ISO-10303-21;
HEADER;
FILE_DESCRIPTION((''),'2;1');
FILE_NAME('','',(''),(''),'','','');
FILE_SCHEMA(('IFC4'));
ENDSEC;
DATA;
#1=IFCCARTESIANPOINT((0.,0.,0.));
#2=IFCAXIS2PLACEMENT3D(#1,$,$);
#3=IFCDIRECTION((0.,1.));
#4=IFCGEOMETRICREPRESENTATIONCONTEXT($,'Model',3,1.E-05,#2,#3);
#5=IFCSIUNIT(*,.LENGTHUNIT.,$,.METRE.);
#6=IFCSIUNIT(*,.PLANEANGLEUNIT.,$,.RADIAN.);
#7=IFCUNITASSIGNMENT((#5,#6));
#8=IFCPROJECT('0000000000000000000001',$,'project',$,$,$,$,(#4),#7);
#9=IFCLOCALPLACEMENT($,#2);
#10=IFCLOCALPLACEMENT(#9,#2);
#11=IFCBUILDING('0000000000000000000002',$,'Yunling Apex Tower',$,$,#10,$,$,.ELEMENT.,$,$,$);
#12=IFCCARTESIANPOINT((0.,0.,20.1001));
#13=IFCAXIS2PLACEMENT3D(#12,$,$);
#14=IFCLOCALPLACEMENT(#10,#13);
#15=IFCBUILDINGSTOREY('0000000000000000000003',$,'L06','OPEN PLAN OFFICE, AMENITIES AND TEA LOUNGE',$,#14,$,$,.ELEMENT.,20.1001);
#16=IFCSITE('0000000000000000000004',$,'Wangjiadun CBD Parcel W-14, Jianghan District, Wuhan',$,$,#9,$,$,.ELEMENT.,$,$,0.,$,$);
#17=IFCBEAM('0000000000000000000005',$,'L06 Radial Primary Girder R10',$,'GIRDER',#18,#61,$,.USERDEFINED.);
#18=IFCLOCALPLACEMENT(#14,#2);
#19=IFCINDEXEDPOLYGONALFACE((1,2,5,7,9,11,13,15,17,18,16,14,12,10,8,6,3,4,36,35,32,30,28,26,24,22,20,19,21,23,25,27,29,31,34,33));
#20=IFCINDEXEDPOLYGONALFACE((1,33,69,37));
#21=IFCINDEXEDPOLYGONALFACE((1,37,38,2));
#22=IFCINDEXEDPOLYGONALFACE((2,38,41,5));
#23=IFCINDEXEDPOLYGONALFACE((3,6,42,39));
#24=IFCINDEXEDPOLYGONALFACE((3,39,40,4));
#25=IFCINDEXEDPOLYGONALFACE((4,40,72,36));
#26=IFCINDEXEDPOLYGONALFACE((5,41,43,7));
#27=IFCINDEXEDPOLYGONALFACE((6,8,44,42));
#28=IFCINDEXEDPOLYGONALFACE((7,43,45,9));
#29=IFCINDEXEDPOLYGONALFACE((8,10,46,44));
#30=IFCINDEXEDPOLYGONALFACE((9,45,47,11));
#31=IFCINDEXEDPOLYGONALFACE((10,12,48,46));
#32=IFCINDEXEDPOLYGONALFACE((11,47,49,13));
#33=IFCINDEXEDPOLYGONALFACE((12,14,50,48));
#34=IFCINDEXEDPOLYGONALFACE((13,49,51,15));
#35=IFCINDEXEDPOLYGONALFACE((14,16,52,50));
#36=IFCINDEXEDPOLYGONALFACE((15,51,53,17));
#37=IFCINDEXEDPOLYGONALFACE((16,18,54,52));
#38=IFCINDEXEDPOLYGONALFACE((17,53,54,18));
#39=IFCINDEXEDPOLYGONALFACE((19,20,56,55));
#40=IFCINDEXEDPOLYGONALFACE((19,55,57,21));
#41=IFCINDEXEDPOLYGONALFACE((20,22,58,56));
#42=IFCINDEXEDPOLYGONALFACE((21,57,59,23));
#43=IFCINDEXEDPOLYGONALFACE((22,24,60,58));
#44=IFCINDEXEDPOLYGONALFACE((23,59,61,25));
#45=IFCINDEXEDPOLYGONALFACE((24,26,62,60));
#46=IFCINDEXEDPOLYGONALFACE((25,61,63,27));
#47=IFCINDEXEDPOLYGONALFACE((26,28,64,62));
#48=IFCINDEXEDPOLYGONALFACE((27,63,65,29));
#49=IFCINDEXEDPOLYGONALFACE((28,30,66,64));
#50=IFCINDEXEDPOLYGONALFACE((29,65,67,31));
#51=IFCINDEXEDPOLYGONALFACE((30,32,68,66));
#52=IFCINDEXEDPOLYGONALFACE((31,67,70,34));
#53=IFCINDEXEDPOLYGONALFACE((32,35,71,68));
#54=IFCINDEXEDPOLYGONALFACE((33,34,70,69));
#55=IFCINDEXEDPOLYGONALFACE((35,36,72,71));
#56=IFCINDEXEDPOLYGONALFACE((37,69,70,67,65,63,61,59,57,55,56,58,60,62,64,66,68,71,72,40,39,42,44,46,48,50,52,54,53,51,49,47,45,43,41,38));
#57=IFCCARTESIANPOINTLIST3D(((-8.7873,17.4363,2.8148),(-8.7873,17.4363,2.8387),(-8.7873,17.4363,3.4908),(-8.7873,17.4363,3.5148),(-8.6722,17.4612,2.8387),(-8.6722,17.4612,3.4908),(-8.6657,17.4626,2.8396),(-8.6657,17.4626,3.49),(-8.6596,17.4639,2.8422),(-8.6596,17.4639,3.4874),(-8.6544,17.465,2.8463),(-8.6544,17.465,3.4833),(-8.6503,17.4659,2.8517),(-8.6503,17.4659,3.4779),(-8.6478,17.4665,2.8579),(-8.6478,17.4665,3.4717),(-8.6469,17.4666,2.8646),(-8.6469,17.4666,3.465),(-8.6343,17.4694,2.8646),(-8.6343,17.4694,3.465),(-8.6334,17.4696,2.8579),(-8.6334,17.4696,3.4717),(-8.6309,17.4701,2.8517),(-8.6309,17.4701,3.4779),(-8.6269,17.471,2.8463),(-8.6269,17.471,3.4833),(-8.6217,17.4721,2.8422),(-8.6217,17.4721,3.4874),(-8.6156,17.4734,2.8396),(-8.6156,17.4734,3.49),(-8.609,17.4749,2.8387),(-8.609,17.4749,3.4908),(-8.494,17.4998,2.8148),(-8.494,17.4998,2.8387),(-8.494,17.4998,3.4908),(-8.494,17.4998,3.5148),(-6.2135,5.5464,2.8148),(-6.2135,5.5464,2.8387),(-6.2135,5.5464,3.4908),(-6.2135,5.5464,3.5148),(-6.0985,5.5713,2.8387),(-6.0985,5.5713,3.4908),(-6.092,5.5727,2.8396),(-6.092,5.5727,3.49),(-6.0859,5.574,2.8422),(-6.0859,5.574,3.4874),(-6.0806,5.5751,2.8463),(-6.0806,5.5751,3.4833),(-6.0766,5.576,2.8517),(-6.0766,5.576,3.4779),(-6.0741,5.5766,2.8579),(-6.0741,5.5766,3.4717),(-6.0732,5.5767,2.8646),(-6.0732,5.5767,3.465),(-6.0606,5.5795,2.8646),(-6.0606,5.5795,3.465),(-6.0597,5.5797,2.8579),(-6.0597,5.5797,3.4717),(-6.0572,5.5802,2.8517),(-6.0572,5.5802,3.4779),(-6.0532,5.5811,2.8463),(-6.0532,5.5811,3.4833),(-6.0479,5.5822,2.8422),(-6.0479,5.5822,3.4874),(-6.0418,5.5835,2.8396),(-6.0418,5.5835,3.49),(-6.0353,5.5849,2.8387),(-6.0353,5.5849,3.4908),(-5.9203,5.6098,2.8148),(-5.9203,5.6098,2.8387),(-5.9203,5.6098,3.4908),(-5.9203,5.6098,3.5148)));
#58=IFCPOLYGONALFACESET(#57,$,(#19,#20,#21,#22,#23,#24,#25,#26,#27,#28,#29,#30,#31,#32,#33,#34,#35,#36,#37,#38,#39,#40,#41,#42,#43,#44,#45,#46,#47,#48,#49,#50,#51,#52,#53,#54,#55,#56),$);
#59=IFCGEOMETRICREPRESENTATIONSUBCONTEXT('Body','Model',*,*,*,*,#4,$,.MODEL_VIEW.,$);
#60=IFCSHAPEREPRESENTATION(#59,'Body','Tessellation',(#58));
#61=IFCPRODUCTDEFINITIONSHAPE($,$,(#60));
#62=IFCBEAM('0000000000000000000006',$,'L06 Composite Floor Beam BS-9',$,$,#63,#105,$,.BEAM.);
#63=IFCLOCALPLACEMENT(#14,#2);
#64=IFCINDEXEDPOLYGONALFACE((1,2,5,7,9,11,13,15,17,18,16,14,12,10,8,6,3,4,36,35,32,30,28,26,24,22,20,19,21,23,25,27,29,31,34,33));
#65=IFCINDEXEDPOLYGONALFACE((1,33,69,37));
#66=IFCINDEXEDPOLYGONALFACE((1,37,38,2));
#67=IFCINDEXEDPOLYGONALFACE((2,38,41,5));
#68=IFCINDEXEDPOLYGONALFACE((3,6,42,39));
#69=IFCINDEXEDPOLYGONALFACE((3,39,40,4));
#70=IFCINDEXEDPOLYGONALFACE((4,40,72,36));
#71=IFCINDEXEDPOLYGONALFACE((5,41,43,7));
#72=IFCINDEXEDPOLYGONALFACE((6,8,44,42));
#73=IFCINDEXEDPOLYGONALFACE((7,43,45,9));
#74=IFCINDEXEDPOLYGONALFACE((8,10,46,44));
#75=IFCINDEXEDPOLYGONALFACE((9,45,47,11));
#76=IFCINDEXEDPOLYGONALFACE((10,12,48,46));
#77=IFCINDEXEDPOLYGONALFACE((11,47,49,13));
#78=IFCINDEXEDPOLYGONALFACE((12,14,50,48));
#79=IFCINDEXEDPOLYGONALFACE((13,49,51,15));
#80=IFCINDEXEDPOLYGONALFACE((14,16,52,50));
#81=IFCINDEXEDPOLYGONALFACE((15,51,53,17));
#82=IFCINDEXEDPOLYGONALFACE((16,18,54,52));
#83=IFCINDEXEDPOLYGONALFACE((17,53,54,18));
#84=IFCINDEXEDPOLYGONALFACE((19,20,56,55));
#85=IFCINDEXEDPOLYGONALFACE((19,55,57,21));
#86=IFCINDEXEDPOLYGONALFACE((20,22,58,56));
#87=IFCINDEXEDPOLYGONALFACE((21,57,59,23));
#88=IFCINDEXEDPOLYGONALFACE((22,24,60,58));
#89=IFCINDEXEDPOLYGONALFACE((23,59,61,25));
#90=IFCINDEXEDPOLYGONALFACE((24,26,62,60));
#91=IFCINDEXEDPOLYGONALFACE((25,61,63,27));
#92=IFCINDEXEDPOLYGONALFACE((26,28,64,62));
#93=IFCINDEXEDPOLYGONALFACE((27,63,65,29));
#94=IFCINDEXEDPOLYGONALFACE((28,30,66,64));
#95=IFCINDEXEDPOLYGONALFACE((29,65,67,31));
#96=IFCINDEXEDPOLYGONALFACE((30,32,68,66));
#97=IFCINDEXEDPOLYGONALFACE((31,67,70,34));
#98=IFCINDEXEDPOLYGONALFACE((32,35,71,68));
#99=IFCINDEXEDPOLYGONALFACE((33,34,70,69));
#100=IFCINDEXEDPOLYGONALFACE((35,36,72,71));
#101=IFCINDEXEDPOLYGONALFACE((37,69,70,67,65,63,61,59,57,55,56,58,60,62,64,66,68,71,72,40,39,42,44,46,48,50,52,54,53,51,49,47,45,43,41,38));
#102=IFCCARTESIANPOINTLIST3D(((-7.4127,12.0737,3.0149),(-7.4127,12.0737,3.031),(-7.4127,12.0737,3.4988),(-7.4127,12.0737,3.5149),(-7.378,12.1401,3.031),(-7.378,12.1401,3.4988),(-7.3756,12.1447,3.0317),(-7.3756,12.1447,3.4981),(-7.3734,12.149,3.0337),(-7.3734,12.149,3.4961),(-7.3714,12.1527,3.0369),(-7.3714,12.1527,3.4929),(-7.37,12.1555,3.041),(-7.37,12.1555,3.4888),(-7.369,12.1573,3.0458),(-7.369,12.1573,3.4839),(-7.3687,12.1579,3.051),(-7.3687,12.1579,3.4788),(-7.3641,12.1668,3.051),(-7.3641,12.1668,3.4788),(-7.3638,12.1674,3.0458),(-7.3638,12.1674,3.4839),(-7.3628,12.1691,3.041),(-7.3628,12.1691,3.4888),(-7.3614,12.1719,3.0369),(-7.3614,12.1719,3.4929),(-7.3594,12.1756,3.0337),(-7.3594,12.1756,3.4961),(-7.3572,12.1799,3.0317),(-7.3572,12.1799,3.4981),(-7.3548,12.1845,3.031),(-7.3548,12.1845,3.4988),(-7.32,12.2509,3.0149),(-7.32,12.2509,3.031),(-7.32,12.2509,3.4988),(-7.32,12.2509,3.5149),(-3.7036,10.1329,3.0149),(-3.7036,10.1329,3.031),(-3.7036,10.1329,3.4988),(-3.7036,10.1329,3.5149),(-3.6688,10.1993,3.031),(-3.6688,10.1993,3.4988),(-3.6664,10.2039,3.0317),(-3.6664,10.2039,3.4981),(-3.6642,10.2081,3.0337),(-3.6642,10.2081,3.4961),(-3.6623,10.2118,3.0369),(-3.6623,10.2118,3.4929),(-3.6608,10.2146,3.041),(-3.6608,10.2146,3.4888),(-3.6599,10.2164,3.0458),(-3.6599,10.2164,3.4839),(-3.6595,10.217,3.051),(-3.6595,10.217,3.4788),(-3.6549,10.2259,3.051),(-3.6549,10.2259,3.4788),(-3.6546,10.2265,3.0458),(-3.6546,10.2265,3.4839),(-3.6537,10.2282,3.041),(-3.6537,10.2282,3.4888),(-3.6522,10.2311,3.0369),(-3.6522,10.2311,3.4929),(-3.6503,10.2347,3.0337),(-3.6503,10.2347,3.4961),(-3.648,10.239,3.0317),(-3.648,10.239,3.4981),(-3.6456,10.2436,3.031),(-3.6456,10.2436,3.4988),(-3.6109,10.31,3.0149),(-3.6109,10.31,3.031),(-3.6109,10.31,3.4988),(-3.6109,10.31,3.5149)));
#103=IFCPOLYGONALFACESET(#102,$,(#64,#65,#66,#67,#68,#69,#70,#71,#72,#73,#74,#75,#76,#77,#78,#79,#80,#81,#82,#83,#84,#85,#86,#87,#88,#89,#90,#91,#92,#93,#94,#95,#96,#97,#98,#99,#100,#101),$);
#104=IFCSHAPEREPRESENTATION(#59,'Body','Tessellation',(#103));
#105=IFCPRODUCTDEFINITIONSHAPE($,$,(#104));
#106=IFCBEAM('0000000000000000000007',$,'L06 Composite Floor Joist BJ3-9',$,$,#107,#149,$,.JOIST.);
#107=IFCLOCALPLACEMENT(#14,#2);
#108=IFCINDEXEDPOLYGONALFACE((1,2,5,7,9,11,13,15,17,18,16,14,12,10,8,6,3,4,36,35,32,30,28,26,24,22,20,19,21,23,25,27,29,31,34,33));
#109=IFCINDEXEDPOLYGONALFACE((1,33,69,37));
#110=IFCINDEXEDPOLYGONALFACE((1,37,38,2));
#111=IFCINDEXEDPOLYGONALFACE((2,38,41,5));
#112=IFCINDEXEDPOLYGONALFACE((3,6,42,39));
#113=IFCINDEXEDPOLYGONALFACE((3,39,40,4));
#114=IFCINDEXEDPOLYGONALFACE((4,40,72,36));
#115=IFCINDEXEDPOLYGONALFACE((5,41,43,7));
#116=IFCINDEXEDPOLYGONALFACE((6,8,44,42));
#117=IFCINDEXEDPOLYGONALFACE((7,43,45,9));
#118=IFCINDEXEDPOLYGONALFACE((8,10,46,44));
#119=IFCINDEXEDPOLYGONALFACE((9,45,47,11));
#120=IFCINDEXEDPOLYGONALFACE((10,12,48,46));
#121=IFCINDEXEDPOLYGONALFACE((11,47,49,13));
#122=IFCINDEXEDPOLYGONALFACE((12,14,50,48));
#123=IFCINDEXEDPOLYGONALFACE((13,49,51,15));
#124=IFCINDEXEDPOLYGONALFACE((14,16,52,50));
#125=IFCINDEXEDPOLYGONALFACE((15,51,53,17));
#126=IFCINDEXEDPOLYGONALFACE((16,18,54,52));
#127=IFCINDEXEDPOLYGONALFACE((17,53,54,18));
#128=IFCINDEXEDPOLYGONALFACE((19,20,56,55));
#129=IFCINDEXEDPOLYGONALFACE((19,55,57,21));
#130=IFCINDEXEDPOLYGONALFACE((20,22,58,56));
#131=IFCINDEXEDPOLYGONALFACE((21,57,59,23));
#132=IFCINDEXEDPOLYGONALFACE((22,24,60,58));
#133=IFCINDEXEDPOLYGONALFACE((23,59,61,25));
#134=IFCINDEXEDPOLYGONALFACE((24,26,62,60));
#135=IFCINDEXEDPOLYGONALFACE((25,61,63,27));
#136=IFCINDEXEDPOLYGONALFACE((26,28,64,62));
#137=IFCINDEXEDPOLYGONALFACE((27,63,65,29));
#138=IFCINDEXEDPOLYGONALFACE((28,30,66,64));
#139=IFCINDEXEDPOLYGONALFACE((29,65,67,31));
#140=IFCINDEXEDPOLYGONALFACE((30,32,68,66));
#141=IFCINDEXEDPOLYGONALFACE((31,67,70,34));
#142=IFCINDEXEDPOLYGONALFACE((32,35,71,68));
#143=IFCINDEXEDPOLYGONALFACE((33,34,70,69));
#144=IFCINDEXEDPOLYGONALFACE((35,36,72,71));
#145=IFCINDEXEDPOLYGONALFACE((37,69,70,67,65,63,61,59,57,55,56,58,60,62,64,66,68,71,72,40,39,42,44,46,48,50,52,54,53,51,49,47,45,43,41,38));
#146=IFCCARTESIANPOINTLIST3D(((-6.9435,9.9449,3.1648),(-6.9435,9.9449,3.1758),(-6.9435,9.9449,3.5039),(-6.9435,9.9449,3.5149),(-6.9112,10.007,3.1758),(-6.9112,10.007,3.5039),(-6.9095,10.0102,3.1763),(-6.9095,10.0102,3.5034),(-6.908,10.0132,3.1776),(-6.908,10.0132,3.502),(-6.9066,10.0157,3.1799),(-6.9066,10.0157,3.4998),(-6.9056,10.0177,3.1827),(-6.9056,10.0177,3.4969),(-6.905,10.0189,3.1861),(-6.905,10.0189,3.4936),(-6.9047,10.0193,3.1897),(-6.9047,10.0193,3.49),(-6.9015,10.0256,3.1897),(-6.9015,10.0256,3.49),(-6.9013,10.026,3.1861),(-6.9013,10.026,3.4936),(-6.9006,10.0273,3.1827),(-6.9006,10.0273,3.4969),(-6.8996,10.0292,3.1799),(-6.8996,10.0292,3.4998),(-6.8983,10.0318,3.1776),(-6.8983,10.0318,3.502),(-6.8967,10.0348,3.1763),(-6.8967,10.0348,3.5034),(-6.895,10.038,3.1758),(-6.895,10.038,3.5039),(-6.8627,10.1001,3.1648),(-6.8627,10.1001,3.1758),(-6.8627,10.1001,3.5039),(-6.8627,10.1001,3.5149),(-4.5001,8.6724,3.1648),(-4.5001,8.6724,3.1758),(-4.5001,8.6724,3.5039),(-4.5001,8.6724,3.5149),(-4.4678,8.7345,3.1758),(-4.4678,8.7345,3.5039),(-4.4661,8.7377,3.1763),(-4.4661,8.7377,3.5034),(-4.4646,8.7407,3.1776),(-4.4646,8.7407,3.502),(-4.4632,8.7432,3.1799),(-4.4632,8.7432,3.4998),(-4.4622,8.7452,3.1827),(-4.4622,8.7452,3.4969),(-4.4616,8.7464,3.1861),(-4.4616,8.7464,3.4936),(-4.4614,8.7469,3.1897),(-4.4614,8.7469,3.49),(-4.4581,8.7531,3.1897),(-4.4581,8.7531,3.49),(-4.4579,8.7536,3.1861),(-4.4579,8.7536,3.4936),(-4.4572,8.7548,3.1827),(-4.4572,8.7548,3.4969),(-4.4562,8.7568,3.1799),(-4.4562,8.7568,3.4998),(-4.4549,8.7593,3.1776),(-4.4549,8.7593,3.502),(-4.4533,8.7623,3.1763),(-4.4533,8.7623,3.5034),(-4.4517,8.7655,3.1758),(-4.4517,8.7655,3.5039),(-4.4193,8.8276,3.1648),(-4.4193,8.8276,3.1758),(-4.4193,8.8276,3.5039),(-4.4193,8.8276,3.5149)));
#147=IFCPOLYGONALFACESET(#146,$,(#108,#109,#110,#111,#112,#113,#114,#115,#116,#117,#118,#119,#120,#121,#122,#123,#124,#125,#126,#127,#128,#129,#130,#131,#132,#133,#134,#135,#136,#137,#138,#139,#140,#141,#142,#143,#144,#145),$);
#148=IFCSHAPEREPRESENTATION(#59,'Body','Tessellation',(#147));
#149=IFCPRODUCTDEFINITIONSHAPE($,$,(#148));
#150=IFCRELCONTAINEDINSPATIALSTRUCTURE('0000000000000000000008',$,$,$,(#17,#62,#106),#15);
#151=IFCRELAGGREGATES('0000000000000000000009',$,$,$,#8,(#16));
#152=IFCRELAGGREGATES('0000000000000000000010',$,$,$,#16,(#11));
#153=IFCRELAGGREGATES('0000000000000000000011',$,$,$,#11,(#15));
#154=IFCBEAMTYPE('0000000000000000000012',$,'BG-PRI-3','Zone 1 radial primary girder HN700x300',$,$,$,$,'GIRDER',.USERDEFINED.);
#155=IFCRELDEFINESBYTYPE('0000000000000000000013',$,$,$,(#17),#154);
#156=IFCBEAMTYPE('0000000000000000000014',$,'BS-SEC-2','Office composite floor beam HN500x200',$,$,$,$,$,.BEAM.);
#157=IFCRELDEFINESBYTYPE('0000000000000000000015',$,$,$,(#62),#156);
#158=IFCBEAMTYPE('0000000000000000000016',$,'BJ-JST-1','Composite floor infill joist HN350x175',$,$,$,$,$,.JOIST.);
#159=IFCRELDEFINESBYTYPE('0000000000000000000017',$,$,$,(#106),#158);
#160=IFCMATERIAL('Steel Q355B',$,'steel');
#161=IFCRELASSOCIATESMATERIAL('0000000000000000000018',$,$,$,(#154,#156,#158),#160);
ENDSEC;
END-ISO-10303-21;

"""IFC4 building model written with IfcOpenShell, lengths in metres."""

from ifc_helpers import new_model, si_unit, direction, frame, origin, origin_2d, place, context, subcontext, project, spatial, i_section, extrude, source, transform, mapped, material, material_profile, profile_set, type_object, element, save


model = new_model("IFC4")

# Units and contexts
model_context = context("Model", 3, precision=1e-05, world=origin(), true_north=direction((0.0, 1.0)))
body_context = subcontext(model_context, "Body", "Model", "MODEL_VIEW")
ifc_project = project(units=[si_unit("LENGTHUNIT", "METRE"), si_unit("PLANEANGLEUNIT", "RADIAN")], contexts=[model_context])

# Site, building, storey
site_placement = place(None, origin())
site = spatial("IfcSite", under=ifc_project, at=site_placement, Name="Wangjiadun CBD Parcel W-14, Jianghan District, Wuhan", CompositionType="ELEMENT", RefElevation=0.0)
building_placement = place(site_placement, origin())
building = spatial("IfcBuilding", under=site, at=building_placement, Name="Yunling Apex Tower", CompositionType="ELEMENT")
storey_placement = place(building_placement, frame((0.0, 0.0, 20.1001)))
storey = spatial("IfcBuildingStorey", under=building, at=storey_placement, Name="L06", Description="OPEN PLAN OFFICE, AMENITIES AND TEA LOUNGE", CompositionType="ELEMENT", Elevation=20.1001)

# Beams
ifc_material_1 = material(Name="Steel Q355B", Category="steel")
ifc_material_profile_1 = material_profile(ifc_material_1, i_section(OverallWidth=0.3, OverallDepth=0.7, WebThickness=0.0129, FlangeThickness=0.0239, FilletRadius=0.0259, at=origin_2d()))
ifc_profile_set_1 = profile_set([ifc_material_profile_1], Name="Steel Q355B")
beam_type_1 = type_object("IfcBeamType", Name="BG-PRI-3", Description="Zone 1 radial primary girder HN700x300", ElementType="GIRDER", PredefinedType="USERDEFINED", material=ifc_profile_set_1)
shared_shape_1 = source(origin(), body_context, "Body", "SweptSolid", [
    extrude(i_section(OverallWidth=0.3, OverallDepth=0.7, WebThickness=0.0129, FlangeThickness=0.0239, FilletRadius=0.0259, at=origin_2d()), origin(), (0.0, 0.0, 1.0), 12.1653),
])
beam_1_placement = place(storey_placement, frame((-8.6406, 17.468, 3.1648), z_axis=(0.211564, -0.977364, 0.0), x_axis=(0.977364, 0.211564, 0.0)))
element("IfcBeam", 1, at=beam_1_placement, inside=storey, type_object=beam_type_1, Name="L06 Radial Primary Girder R10", ObjectType="GIRDER", PredefinedType="USERDEFINED", context=body_context, shape_type="MappedRepresentation", body=[
    mapped(shared_shape_1, transform((0.0, 0.0, 0.0), scale=1.0)),
])
ifc_material_profile_2 = material_profile(ifc_material_1, i_section(OverallWidth=0.2, OverallDepth=0.5, WebThickness=0.01, FlangeThickness=0.0161, FilletRadius=0.02, at=origin_2d()))
ifc_profile_set_2 = profile_set([ifc_material_profile_2], Name="Steel Q355B")
beam_type_2 = type_object("IfcBeamType", Name="BS-SEC-2", Description="Office composite floor beam HN500x200", PredefinedType="BEAM", material=ifc_profile_set_2)
shared_shape_2 = source(origin(), body_context, "Body", "SweptSolid", [
    extrude(i_section(OverallWidth=0.2, OverallDepth=0.5, WebThickness=0.01, FlangeThickness=0.0161, FilletRadius=0.02, at=origin_2d()), origin(), (0.0, 0.0, 1.0), 4.1863),
])
beam_2_placement = place(storey_placement, frame((-3.6572, 10.2214, 3.2649), z_axis=(-0.886029, 0.46363, 0.0), x_axis=(-0.46363, -0.886029, 0.0)))
element("IfcBeam", 2, at=beam_2_placement, inside=storey, type_object=beam_type_2, Name="L06 Composite Floor Beam BS-9", PredefinedType="BEAM", context=body_context, shape_type="MappedRepresentation", body=[
    mapped(shared_shape_2, transform((0.0, 0.0, 0.0), scale=1.0)),
])
ifc_material_profile_3 = material_profile(ifc_material_1, i_section(OverallWidth=0.175, OverallDepth=0.3501, WebThickness=0.0071, FlangeThickness=0.011, FilletRadius=0.0139, at=origin_2d()))
ifc_profile_set_3 = profile_set([ifc_material_profile_3], Name="Steel Q355B")
beam_type_3 = type_object("IfcBeamType", Name="BJ-JST-1", Description="Composite floor infill joist HN350x175", PredefinedType="JOIST", material=ifc_profile_set_3)
shared_shape_3 = source(origin(), body_context, "Body", "SweptSolid", [
    extrude(i_section(OverallWidth=0.175, OverallDepth=0.3501, WebThickness=0.0071, FlangeThickness=0.011, FilletRadius=0.0139, at=origin_2d()), origin(), (0.0, 0.0, 1.0), 2.7549),
])
beam_3_placement = place(storey_placement, frame((-4.4597, 8.75, 3.3398), z_axis=(-0.886932, 0.4619, 0.0), x_axis=(-0.4619, -0.886932, 0.0)))
element("IfcBeam", 3, at=beam_3_placement, inside=storey, type_object=beam_type_3, Name="L06 Composite Floor Joist BJ3-9", PredefinedType="JOIST", context=body_context, shape_type="MappedRepresentation", body=[
    mapped(shared_shape_3, transform((0.0, 0.0, 0.0), scale=1.0)),
])

save(model, "model.ifc")
